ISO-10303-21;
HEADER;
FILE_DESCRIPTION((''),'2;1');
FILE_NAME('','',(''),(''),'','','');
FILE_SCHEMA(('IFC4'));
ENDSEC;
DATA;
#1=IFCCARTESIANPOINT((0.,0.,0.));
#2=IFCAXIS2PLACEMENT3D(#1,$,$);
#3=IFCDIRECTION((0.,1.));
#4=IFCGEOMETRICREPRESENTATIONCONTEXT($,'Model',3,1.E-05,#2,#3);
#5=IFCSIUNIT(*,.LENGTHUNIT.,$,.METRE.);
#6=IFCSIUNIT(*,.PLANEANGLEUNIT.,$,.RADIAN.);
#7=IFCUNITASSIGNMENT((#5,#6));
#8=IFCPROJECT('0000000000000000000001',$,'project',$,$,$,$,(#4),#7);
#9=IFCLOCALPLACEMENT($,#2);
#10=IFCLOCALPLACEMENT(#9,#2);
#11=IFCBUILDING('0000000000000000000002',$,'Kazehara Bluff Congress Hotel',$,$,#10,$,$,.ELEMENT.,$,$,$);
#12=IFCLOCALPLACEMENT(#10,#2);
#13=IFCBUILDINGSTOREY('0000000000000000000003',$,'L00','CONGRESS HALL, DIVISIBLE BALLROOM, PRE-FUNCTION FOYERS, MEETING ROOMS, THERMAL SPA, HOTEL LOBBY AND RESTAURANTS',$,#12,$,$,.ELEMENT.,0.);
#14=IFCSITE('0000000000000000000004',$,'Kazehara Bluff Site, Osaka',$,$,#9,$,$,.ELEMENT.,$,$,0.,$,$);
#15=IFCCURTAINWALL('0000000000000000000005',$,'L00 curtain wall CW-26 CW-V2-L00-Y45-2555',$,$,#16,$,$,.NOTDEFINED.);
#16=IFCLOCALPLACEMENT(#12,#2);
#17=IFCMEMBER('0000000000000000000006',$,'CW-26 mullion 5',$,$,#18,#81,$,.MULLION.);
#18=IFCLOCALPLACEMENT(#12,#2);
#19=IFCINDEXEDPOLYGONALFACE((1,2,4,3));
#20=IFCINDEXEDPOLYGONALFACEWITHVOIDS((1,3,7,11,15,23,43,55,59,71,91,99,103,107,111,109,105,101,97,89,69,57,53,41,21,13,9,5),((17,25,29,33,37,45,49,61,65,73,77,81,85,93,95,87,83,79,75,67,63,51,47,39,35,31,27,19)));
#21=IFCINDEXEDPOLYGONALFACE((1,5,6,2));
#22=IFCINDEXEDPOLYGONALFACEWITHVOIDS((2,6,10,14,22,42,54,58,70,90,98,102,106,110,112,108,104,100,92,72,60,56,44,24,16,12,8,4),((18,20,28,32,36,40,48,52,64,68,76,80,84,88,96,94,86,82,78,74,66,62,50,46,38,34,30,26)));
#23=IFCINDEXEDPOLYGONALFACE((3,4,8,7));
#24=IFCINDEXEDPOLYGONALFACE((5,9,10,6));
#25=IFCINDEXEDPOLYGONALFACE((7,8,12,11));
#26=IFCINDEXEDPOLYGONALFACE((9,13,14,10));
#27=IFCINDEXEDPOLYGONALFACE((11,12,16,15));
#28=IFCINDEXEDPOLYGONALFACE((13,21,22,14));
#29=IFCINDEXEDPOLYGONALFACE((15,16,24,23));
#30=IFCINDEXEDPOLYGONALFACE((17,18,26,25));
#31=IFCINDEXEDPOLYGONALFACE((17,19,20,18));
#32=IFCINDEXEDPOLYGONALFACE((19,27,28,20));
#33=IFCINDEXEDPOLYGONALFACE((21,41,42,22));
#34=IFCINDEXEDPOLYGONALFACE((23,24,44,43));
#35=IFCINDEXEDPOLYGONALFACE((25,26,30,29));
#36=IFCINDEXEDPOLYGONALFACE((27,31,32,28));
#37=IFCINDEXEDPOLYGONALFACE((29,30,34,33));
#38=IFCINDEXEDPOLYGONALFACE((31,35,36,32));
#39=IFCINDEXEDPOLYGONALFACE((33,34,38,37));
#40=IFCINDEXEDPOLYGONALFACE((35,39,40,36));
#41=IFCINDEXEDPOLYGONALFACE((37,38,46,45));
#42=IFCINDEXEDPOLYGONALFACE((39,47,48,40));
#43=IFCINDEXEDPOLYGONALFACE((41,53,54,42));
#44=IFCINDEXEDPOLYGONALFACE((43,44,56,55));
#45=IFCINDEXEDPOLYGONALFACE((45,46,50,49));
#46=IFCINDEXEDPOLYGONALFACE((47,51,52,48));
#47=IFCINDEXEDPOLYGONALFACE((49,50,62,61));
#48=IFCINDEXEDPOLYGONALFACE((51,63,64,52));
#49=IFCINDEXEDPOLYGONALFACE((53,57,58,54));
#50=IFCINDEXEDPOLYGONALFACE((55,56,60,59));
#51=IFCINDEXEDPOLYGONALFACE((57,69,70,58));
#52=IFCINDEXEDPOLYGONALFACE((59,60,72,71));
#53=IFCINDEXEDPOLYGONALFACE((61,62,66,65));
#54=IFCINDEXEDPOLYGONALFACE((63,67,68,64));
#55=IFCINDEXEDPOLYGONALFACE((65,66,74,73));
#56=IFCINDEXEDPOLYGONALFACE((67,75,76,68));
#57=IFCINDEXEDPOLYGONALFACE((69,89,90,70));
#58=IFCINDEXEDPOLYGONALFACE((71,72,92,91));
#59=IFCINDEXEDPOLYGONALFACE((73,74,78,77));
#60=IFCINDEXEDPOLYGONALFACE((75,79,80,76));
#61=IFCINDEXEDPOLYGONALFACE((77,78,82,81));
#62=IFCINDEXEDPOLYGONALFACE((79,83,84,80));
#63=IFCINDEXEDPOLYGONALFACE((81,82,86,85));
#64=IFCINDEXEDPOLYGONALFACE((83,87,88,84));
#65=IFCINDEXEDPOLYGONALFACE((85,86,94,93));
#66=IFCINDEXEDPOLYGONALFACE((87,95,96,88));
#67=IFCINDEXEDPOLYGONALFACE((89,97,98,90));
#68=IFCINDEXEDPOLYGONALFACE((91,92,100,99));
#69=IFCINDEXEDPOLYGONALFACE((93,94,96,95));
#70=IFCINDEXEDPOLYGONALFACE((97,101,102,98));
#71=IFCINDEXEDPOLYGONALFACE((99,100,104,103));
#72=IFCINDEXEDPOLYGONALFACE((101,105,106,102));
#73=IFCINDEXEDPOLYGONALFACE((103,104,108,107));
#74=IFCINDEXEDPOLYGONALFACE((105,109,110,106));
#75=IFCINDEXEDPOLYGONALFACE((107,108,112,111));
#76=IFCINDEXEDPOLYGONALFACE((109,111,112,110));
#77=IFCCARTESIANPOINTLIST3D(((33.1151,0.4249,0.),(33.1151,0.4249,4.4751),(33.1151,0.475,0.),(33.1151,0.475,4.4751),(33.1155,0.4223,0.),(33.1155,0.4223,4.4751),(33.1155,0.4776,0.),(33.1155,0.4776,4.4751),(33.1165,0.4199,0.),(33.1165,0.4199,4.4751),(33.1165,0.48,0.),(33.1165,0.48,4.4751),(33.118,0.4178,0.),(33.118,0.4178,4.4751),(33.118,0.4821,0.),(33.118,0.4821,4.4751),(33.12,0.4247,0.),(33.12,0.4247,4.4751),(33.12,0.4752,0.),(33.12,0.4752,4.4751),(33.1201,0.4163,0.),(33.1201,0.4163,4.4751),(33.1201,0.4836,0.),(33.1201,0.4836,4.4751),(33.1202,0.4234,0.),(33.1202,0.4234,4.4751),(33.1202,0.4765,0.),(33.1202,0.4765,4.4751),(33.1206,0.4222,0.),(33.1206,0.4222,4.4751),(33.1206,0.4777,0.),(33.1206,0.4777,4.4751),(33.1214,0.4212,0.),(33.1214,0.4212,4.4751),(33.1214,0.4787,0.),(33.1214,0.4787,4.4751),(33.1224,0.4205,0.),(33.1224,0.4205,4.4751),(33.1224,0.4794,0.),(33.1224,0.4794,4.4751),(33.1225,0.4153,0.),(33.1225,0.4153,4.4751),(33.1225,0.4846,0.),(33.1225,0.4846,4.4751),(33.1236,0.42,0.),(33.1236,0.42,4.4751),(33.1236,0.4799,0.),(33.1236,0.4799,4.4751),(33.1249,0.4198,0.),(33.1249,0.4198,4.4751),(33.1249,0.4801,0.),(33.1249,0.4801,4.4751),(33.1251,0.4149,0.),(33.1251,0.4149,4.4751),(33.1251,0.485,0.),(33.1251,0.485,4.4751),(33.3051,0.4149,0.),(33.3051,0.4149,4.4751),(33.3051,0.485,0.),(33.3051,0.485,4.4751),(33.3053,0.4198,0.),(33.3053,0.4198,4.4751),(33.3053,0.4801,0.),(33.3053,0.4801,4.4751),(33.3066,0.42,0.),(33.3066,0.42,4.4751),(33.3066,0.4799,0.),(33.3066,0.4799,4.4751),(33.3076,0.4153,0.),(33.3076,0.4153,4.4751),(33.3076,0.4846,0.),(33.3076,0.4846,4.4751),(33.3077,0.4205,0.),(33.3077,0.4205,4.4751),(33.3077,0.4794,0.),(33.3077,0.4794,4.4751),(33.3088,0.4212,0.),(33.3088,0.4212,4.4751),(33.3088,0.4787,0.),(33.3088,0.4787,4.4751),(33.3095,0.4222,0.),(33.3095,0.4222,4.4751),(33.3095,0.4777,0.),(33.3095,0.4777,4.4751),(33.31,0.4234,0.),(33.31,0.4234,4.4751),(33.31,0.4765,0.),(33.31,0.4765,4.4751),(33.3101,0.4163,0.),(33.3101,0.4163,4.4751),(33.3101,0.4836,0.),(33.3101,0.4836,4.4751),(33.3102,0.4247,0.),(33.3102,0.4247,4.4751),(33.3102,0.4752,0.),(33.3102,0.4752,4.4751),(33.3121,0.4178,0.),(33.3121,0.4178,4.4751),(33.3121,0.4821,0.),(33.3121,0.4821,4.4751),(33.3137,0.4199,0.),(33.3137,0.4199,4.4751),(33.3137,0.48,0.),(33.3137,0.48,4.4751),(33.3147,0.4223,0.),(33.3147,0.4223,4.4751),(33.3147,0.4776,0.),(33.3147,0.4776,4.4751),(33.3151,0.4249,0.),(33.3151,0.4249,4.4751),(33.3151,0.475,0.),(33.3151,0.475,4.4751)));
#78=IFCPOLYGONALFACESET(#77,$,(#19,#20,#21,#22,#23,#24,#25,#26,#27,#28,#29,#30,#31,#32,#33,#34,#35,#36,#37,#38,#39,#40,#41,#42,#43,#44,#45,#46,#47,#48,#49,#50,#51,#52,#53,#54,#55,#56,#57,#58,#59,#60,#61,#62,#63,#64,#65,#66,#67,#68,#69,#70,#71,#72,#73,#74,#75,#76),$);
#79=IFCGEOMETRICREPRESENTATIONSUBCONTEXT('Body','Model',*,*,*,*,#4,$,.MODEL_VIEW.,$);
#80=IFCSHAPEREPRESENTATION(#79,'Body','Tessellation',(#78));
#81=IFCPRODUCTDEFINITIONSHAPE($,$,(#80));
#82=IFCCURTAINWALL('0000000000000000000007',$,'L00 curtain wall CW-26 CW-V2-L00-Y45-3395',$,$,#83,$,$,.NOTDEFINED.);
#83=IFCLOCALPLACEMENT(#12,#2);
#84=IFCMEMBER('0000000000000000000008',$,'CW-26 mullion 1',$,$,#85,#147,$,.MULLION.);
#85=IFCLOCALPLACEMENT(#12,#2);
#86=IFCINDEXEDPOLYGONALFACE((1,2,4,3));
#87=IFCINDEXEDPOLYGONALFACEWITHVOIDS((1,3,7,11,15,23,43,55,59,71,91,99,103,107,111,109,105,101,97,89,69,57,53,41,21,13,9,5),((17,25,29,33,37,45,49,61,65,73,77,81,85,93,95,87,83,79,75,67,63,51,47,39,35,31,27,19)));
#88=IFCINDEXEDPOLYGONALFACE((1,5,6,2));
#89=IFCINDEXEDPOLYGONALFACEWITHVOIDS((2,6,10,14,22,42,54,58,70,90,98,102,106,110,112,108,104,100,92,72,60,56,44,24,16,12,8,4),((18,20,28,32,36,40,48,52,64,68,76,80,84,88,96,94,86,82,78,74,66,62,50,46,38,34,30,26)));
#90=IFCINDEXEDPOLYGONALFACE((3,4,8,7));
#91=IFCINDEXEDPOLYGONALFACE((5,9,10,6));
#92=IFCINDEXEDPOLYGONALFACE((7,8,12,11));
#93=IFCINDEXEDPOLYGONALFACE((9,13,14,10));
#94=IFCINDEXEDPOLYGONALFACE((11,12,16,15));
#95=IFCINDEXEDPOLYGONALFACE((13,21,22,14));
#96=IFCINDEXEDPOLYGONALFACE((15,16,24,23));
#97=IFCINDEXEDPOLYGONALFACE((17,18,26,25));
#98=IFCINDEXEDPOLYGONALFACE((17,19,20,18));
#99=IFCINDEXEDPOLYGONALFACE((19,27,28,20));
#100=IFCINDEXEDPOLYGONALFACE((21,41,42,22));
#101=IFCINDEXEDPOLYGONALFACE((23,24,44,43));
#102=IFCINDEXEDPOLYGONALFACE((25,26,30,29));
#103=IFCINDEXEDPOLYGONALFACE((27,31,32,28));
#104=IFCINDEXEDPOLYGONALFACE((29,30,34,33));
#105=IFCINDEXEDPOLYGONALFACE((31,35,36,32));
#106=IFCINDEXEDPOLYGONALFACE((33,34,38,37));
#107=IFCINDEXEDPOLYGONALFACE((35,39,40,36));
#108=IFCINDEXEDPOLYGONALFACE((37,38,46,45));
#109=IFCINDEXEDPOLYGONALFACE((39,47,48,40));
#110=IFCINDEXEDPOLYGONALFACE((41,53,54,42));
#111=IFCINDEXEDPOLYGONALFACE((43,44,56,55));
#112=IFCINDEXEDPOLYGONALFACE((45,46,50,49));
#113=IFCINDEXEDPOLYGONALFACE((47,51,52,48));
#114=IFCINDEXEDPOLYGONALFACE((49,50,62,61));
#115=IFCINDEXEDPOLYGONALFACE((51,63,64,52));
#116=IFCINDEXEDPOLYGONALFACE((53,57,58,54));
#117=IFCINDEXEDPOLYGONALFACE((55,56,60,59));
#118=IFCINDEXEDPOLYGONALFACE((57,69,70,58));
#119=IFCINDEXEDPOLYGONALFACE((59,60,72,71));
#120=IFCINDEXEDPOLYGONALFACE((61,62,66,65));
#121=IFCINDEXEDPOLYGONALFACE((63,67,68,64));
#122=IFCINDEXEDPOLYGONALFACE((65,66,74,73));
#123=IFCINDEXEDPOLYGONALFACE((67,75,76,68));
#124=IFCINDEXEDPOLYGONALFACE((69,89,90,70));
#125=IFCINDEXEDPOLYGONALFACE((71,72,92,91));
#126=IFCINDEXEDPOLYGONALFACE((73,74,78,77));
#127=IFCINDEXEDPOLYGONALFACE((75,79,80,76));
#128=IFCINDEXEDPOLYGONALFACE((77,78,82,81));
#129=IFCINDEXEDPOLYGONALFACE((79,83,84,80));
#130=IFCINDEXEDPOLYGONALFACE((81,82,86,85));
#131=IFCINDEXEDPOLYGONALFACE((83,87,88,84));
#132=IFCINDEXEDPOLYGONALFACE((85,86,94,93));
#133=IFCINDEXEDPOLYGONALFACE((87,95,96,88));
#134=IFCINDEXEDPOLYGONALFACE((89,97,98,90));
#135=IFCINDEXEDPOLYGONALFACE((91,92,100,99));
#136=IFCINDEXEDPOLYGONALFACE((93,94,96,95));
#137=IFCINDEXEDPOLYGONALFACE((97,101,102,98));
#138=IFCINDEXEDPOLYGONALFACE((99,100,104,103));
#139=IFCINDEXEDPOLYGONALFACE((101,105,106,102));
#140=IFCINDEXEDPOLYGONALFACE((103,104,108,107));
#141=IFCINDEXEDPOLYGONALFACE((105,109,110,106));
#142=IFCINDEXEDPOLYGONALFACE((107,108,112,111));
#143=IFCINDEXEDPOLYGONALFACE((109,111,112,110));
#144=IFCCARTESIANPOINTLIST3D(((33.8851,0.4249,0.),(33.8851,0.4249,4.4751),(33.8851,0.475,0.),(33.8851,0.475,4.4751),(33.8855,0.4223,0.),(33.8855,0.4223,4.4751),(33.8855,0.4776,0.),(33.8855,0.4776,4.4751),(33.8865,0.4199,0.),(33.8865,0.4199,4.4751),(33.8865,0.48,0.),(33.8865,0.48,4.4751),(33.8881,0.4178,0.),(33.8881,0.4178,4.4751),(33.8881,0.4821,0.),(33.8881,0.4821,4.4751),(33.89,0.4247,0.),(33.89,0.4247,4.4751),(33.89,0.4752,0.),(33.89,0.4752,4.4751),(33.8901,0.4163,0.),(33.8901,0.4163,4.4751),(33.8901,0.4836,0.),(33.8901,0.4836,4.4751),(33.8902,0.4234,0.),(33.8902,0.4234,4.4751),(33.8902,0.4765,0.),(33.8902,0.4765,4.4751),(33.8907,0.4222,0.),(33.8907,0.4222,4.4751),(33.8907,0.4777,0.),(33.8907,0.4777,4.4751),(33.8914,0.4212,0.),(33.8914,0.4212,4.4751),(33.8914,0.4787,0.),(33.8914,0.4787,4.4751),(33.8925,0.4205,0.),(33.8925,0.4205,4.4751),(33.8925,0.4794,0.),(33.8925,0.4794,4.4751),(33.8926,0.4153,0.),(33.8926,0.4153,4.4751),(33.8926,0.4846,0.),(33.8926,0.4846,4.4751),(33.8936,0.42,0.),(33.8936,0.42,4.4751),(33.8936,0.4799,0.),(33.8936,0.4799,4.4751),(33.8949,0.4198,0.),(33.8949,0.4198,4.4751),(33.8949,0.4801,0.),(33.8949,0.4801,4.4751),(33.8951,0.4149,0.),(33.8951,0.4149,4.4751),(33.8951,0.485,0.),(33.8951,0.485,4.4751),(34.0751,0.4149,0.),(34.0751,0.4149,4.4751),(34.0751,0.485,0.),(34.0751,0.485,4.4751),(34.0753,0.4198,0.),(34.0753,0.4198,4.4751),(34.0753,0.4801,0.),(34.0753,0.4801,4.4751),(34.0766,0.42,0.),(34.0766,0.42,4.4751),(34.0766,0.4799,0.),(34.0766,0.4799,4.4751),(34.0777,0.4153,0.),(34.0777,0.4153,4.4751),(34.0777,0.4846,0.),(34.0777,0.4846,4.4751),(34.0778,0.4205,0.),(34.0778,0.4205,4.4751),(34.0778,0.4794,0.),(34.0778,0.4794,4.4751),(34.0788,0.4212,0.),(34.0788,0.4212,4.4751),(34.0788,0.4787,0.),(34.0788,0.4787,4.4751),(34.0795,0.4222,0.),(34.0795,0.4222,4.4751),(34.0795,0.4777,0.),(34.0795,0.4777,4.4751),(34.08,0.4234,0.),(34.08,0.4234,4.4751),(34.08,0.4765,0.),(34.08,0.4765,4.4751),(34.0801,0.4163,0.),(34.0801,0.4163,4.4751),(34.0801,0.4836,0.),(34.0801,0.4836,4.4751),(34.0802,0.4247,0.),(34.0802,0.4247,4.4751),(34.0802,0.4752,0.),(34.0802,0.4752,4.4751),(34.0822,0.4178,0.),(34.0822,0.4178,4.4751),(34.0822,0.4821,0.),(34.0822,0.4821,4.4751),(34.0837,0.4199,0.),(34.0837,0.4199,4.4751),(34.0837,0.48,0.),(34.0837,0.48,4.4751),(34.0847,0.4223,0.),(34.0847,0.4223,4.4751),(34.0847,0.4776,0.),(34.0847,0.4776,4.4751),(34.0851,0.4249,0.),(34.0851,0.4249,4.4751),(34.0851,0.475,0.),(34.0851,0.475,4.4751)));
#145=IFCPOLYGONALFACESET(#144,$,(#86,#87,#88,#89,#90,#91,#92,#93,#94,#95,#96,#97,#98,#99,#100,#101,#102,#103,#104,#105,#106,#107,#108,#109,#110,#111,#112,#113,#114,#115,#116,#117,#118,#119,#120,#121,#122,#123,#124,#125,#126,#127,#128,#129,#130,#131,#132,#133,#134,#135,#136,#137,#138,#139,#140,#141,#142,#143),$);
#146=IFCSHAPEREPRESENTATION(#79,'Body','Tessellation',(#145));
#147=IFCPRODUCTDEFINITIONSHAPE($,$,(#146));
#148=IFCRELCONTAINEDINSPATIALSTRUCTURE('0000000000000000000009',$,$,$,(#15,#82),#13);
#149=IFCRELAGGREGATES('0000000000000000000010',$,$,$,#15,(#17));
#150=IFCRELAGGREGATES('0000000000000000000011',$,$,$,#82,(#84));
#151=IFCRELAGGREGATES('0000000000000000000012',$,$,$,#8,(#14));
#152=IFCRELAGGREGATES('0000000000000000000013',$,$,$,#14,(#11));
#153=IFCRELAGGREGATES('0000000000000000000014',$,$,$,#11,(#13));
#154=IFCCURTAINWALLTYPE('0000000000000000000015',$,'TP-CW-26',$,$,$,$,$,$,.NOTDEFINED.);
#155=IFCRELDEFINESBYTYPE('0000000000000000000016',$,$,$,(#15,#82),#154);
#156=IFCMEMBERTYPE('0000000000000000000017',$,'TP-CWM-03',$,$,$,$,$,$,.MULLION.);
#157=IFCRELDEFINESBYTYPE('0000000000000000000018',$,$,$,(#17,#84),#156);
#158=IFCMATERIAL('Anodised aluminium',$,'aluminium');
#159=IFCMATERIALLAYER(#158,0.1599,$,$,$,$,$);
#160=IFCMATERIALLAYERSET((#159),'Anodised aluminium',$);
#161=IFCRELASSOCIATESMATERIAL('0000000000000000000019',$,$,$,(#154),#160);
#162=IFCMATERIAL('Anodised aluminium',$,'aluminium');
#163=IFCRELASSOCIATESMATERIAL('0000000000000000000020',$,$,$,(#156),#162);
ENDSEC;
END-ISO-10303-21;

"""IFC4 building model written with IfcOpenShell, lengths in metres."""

from ifc_helpers import new_model, si_unit, direction, frame, origin, origin_2d, place, context, subcontext, project, spatial, hollow_rectangle, extrude, material, layer, layer_set, material_profile, profile_set, type_object, element, aggregate, save


model = new_model("IFC4")

# Units and contexts
model_context = context("Model", 3, precision=1e-05, world=origin(), true_north=direction((0.0, 1.0)))
body_context = subcontext(model_context, "Body", "Model", "MODEL_VIEW")
ifc_project = project(units=[si_unit("LENGTHUNIT", "METRE"), si_unit("PLANEANGLEUNIT", "RADIAN")], contexts=[model_context])

# Site, building, storey
site_placement = place(None, origin())
site = spatial("IfcSite", under=ifc_project, at=site_placement, Name="Kazehara Bluff Site, Osaka", CompositionType="ELEMENT", RefElevation=0.0)
building_placement = place(site_placement, origin())
building = spatial("IfcBuilding", under=site, at=building_placement, Name="Kazehara Bluff Congress Hotel", CompositionType="ELEMENT")
storey_placement = place(building_placement, origin())
storey = spatial("IfcBuildingStorey", under=building, at=storey_placement, Name="L00", Description="CONGRESS HALL, DIVISIBLE BALLROOM, PRE-FUNCTION FOYERS, MEETING ROOMS, THERMAL SPA, HOTEL LOBBY AND RESTAURANTS", CompositionType="ELEMENT", Elevation=0.0)

# Curtain wall, member
ifc_material_1 = material(Name="Anodised aluminium", Category="aluminium")
ifc_layer_1 = layer(ifc_material_1, 0.1599)
ifc_layer_set_1 = layer_set([ifc_layer_1], Name="Anodised aluminium")
curtain_wall_type = type_object("IfcCurtainWallType", Name="TP-CW-26", PredefinedType="NOTDEFINED", material=ifc_layer_set_1)
curtain_wall_1_placement = place(storey_placement, origin())
curtain_wall_1 = element("IfcCurtainWall", 1, at=curtain_wall_1_placement, inside=storey, type_object=curtain_wall_type, Name="L00 curtain wall CW-26 CW-V2-L00-Y45-2555", PredefinedType="NOTDEFINED")
ifc_material_2 = material(Name="Anodised aluminium", Category="aluminium")
ifc_material_profile_1 = material_profile(ifc_material_2, hollow_rectangle(XDim=0.0701, YDim=0.2, WallThickness=0.0049, InnerFilletRadius=0.0049, OuterFilletRadius=0.01, at=origin_2d()))
ifc_profile_set_1 = profile_set([ifc_material_profile_1], Name="Anodised aluminium")
member_type_1 = type_object("IfcMemberType", Name="TP-CWM-03", PredefinedType="MULLION", material=ifc_profile_set_1)
member_1_placement = place(storey_placement, frame((33.2151, 0.45, 0.0), z_axis=(0.0, 0.0, 1.0), x_axis=(0.0, 1.0, 0.0)))
member_1 = element("IfcMember", 2, at=member_1_placement, type_object=member_type_1, Name="CW-26 mullion 5", PredefinedType="MULLION", context=body_context, shape_type="SweptSolid", body=[
    extrude(hollow_rectangle(XDim=0.0701, YDim=0.2, WallThickness=0.0049, InnerFilletRadius=0.0049, OuterFilletRadius=0.01, at=origin_2d()), origin(), (0.0, 0.0, 1.0), 4.4751),
])

# Curtain wall, member
curtain_wall_2_placement = place(storey_placement, origin())
curtain_wall_2 = element("IfcCurtainWall", 3, at=curtain_wall_2_placement, inside=storey, type_object=curtain_wall_type, Name="L00 curtain wall CW-26 CW-V2-L00-Y45-3395", PredefinedType="NOTDEFINED")
member_2_placement = place(storey_placement, frame((33.9851, 0.45, 0.0), z_axis=(0.0, 0.0, 1.0), x_axis=(0.0, 1.0, 0.0)))
member_2 = element("IfcMember", 4, at=member_2_placement, type_object=member_type_1, Name="CW-26 mullion 1", PredefinedType="MULLION", context=body_context, shape_type="SweptSolid", body=[
    extrude(hollow_rectangle(XDim=0.0701, YDim=0.2, WallThickness=0.0049, InnerFilletRadius=0.0049, OuterFilletRadius=0.01, at=origin_2d()), origin(), (0.0, 0.0, 1.0), 4.4751),
])

aggregate(curtain_wall_1, [member_1])
aggregate(curtain_wall_2, [member_2])

save(model, "model.ifc")
